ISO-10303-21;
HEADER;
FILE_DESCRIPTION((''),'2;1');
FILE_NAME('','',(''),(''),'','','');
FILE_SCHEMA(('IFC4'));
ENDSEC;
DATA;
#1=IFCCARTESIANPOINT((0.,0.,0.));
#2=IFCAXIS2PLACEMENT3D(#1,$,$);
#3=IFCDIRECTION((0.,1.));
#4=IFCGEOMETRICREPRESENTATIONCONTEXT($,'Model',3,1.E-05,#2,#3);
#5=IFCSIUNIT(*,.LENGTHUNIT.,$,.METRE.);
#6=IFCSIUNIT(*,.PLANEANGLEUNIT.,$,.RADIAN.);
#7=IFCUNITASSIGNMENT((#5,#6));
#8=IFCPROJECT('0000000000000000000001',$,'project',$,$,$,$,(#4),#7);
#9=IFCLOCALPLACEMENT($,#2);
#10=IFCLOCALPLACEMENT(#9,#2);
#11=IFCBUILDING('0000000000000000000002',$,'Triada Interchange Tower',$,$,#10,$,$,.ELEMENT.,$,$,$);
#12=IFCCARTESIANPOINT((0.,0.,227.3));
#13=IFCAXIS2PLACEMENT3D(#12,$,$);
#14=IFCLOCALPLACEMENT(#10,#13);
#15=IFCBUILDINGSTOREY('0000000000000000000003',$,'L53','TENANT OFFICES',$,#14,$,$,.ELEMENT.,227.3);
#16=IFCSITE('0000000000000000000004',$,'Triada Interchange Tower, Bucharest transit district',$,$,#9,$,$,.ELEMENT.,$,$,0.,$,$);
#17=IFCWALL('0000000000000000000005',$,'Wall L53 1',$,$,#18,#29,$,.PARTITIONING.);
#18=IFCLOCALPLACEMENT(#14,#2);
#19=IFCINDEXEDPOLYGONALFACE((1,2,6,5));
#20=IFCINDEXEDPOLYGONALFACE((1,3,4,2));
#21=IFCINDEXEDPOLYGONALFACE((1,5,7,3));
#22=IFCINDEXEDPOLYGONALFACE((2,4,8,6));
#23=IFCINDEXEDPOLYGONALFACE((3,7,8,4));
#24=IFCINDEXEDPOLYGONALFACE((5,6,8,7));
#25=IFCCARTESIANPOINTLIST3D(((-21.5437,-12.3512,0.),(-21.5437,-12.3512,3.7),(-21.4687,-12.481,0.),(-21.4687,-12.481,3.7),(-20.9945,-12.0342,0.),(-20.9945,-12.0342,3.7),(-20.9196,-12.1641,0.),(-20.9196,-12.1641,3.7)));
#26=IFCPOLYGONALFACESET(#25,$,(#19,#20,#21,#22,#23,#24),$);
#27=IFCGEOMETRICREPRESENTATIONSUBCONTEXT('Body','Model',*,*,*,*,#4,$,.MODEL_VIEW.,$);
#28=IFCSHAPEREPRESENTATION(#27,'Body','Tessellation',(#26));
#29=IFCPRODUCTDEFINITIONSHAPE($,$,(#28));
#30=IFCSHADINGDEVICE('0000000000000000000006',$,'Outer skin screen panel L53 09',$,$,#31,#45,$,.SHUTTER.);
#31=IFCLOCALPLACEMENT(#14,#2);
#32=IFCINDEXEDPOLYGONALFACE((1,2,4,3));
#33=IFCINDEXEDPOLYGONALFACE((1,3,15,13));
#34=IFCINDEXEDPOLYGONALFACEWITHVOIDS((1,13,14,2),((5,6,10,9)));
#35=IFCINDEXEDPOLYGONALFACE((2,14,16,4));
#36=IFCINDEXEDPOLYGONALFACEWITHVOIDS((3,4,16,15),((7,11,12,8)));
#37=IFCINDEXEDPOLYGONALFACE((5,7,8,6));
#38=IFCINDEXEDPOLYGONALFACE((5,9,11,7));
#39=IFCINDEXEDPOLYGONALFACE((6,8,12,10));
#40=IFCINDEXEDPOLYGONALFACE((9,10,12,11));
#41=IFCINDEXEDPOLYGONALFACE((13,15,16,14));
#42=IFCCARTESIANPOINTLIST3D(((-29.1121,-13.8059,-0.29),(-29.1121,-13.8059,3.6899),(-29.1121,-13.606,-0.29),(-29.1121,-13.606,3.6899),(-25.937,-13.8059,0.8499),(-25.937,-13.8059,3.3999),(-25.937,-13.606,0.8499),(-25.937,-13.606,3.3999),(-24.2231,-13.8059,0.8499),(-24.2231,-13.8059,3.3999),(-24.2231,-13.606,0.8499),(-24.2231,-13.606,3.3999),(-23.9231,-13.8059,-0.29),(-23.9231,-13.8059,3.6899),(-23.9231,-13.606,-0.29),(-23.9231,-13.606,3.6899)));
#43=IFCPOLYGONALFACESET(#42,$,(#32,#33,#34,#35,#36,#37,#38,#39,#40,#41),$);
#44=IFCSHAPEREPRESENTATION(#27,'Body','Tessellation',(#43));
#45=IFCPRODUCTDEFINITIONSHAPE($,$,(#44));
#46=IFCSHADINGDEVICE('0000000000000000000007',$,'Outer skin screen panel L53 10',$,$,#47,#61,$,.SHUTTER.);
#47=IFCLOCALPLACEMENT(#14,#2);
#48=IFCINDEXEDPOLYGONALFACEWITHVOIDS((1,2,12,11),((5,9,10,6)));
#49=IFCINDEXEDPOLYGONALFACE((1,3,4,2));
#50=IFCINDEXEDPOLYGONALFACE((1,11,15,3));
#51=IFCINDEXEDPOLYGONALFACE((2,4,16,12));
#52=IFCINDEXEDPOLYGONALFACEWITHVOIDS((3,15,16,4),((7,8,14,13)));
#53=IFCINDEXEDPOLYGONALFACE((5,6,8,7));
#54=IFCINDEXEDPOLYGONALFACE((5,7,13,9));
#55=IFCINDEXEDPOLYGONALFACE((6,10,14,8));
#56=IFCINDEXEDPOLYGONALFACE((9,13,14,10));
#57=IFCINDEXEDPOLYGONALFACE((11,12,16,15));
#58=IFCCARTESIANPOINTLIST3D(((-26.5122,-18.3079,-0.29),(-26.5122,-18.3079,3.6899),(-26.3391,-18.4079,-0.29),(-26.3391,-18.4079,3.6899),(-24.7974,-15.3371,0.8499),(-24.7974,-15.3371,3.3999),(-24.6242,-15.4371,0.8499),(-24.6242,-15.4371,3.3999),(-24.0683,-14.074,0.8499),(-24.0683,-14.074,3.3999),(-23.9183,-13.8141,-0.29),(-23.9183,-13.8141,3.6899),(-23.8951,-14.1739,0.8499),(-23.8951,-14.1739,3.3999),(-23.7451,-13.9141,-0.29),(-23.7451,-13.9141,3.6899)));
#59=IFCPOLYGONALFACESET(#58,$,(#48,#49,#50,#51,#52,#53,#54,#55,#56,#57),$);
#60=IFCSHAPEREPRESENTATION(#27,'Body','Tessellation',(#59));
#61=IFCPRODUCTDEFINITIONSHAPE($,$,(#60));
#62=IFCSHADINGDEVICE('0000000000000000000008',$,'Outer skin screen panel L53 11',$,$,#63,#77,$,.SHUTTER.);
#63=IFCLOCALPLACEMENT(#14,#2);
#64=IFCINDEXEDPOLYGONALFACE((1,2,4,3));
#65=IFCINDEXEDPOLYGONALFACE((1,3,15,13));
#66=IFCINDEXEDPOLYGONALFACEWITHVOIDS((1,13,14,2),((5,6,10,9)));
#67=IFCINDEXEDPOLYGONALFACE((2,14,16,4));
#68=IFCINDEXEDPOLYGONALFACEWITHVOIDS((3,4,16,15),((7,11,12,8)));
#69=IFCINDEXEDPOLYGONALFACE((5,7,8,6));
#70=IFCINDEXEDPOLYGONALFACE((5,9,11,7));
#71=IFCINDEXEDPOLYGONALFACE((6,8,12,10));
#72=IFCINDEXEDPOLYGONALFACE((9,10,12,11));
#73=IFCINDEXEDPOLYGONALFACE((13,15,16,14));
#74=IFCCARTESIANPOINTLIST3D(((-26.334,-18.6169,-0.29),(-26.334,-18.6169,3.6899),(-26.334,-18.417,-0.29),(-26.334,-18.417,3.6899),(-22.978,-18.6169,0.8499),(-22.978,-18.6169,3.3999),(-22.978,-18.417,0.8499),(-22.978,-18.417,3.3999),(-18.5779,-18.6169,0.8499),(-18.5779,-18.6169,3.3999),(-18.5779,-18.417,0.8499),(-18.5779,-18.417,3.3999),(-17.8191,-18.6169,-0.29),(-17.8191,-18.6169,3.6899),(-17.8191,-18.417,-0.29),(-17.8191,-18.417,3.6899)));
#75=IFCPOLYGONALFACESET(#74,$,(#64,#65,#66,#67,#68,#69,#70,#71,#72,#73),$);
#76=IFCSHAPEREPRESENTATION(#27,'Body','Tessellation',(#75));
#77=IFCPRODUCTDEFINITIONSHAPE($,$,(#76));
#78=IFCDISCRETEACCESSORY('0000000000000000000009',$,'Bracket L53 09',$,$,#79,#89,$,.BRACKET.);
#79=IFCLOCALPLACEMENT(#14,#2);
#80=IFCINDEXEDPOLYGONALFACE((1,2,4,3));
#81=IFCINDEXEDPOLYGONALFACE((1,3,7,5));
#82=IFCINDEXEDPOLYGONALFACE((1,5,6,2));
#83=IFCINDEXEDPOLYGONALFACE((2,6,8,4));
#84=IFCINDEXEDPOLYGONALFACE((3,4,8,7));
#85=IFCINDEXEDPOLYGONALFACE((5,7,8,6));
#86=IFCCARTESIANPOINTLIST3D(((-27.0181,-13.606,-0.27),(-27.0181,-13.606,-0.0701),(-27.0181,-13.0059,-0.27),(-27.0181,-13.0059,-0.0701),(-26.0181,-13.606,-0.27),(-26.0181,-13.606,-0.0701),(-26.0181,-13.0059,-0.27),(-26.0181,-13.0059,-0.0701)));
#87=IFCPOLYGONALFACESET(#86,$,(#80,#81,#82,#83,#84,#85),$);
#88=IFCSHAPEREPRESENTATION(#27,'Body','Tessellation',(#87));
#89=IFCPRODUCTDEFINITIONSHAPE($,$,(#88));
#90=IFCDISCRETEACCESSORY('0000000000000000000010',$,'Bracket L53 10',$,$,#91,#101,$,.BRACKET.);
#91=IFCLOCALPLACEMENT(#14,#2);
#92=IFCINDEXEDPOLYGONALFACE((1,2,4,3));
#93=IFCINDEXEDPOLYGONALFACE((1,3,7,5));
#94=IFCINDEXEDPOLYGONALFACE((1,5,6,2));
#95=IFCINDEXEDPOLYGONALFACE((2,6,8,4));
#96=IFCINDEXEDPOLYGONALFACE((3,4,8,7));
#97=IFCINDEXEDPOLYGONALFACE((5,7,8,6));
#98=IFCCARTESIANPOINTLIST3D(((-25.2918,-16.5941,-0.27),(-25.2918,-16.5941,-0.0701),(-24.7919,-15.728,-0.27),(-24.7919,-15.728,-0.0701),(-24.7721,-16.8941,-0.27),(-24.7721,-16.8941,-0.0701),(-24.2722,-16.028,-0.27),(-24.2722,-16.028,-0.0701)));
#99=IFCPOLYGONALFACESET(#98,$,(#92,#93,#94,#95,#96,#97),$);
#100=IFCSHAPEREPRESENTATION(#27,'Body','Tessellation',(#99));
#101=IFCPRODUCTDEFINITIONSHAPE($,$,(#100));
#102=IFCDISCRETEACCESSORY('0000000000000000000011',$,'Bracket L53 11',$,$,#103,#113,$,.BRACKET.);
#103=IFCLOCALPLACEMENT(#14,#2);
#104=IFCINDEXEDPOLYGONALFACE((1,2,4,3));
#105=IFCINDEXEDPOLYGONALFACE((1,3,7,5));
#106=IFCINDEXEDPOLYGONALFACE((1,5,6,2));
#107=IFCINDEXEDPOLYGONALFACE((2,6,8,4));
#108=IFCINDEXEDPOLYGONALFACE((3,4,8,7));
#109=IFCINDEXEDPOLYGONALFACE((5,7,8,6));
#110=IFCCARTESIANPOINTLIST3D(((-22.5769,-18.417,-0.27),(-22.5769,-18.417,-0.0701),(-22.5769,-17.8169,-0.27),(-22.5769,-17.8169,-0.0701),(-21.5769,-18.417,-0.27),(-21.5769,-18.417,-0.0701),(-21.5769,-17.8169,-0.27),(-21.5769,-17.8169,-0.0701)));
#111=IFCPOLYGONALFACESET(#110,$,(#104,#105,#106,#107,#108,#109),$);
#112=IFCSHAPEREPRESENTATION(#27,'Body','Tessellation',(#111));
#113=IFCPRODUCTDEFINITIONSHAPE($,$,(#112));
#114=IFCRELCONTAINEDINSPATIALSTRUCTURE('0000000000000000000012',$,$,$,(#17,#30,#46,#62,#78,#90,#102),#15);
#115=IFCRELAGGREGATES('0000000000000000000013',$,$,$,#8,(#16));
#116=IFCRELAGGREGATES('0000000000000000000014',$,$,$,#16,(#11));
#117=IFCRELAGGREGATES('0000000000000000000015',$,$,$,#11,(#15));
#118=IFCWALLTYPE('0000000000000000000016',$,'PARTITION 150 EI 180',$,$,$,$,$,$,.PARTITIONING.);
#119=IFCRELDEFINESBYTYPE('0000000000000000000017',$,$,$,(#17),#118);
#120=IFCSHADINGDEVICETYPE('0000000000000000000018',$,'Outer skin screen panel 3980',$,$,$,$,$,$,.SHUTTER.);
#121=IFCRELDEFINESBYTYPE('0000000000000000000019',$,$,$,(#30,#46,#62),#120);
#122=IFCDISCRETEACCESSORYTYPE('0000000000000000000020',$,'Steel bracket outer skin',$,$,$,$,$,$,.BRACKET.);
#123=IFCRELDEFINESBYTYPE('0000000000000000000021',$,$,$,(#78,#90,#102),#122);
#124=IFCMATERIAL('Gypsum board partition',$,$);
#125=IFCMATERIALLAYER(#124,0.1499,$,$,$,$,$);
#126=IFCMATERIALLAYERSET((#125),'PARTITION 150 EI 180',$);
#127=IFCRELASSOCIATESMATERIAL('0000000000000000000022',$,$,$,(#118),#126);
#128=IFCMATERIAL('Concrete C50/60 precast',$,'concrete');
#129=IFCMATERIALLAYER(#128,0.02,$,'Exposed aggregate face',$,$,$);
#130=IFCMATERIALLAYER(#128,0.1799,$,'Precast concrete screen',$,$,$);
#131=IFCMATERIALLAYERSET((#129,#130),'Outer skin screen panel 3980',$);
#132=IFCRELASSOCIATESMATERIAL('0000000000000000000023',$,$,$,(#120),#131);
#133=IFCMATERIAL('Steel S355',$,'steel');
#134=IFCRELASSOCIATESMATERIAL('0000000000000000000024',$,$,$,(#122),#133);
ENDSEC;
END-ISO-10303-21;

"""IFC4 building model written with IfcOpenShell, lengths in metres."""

from ifc_helpers import new_model, si_unit, direction, frame, frame_2d, origin, origin_2d, place, context, subcontext, project, spatial, polyline, rectangle, outline, extrude, material, layer, layer_set, type_object, element, save


model = new_model("IFC4")

# Units and contexts
model_context = context("Model", 3, precision=1e-05, world=origin(), true_north=direction((0.0, 1.0)))
body_context = subcontext(model_context, "Body", "Model", "MODEL_VIEW")
ifc_project = project(units=[si_unit("LENGTHUNIT", "METRE"), si_unit("PLANEANGLEUNIT", "RADIAN")], contexts=[model_context])

# Site, building, storey
site_placement = place(None, origin())
site = spatial("IfcSite", under=ifc_project, at=site_placement, Name="Triada Interchange Tower, Bucharest transit district", CompositionType="ELEMENT", RefElevation=0.0)
building_placement = place(site_placement, origin())
building = spatial("IfcBuilding", under=site, at=building_placement, Name="Triada Interchange Tower", CompositionType="ELEMENT")
storey_placement = place(building_placement, frame((0.0, 0.0, 227.3)))
storey = spatial("IfcBuildingStorey", under=building, at=storey_placement, Name="L53", Description="TENANT OFFICES", CompositionType="ELEMENT", Elevation=227.3)

# Wall
ifc_material_1 = material(Name="Gypsum board partition")
ifc_layer_1 = layer(ifc_material_1, 0.1499)
ifc_layer_set_1 = layer_set([ifc_layer_1], Name="PARTITION 150 EI 180")
wall_type_1 = type_object("IfcWallType", Name="PARTITION 150 EI 180", PredefinedType="PARTITIONING", material=ifc_layer_set_1)
wall_1_placement = place(storey_placement, frame((-21.5061, -12.416, 0.0), z_axis=(0.0, 0.0, 1.0), x_axis=(0.866102, 0.499867, 0.0)))
element("IfcWall", 1, at=wall_1_placement, inside=storey, type_object=wall_type_1, Name="Wall L53 1", PredefinedType="PARTITIONING", context=body_context, shape_type="SweptSolid", body=[
    extrude(rectangle(XDim=0.634, YDim=0.1499, at=frame_2d((0.3169, 0.0))), origin(), (0.0, 0.0, 1.0), 3.7),
])

# Shading devices
ifc_material_2 = material(Name="Concrete C50/60 precast", Category="concrete")
ifc_layer_2 = layer(ifc_material_2, 0.02, Name="Exposed aggregate face")
ifc_layer_3 = layer(ifc_material_2, 0.1799, Name="Precast concrete screen")
ifc_layer_set_2 = layer_set([ifc_layer_2, ifc_layer_3], Name="Outer skin screen panel 3980")
shading_device_type = type_object("IfcShadingDeviceType", Name="Outer skin screen panel 3980", PredefinedType="SHUTTER", material=ifc_layer_set_2)
shading_device_1_placement = place(storey_placement, frame((-29.1121, -13.606, -0.29), z_axis=(0.0, 0.0, 1.0), x_axis=(1.0, 0.0, 0.0)))
element("IfcShadingDevice", 2, at=shading_device_1_placement, inside=storey, type_object=shading_device_type, Name="Outer skin screen panel L53 09", PredefinedType="SHUTTER", context=body_context, shape_type="SweptSolid", body=[
    extrude(outline(polyline([(0.0, 0.0), (5.189, 0.0), (5.189, 3.98), (0.0, 3.98), (0.0, 0.0)]), holes=[polyline([(3.175, 1.1399), (3.175, 3.6899), (4.8889, 3.6899), (4.8889, 1.1399), (3.175, 1.1399)])]), frame((0.0, 0.0, 0.0), z_axis=(0.0, -1.0, 0.0), x_axis=(1.0, 0.0, 0.0)), (0.0, 0.0, 1.0), 0.2),
])
shading_device_2_placement = place(storey_placement, frame((-23.7451, -13.9141, -0.29), z_axis=(0.0, 0.0, 1.0), x_axis=(-0.499919, -0.866072, 0.0)))
element("IfcShadingDevice", 3, at=shading_device_2_placement, inside=storey, type_object=shading_device_type, Name="Outer skin screen panel L53 10", PredefinedType="SHUTTER", context=body_context, shape_type="SweptSolid", body=[
    extrude(outline(polyline([(0.0, 0.0), (5.1887, 0.0), (5.1887, 3.98), (0.0, 3.98), (0.0, 0.0)]), holes=[polyline([(0.3, 1.1399), (0.3, 3.6899), (1.7585, 3.6899), (1.7585, 1.1399), (0.3, 1.1399)])]), frame((0.0, 0.0, 0.0), z_axis=(0.0, -1.0, 0.0), x_axis=(1.0, 0.0, 0.0)), (0.0, 0.0, 1.0), 0.2),
])
shading_device_3_placement = place(storey_placement, frame((-26.334, -18.417, -0.29), z_axis=(0.0, 0.0, 1.0), x_axis=(1.0, 0.0, 0.0)))
element("IfcShadingDevice", 4, at=shading_device_3_placement, inside=storey, type_object=shading_device_type, Name="Outer skin screen panel L53 11", PredefinedType="SHUTTER", context=body_context, shape_type="SweptSolid", body=[
    extrude(outline(polyline([(0.0, 0.0), (8.5149, 0.0), (8.5149, 3.98), (0.0, 3.98), (0.0, 0.0)]), holes=[polyline([(3.356, 1.1399), (3.356, 3.6899), (7.7561, 3.6899), (7.7561, 1.1399), (3.356, 1.1399)])]), frame((0.0, 0.0, 0.0), z_axis=(0.0, -1.0, 0.0), x_axis=(1.0, 0.0, 0.0)), (0.0, 0.0, 1.0), 0.2),
])

# Discrete accessories
ifc_material_3 = material(Name="Steel S355", Category="steel")
discrete_accessory_type = type_object("IfcDiscreteAccessoryType", Name="Steel bracket outer skin", PredefinedType="BRACKET", material=ifc_material_3)
for number, where, z_axis, x_axis, name in (
    (5, (-26.5181, -13.3059, -0.27), (0.0, 0.0, 1.0), (0.0, -1.0, 0.0), "Bracket L53 09"),
    (6, (-24.782, -16.311, -0.27), (0.0, 0.0, 1.0), (-0.866075, 0.499915, 0.0), "Bracket L53 10"),
    (7, (-22.0769, -18.1169, -0.27), (0.0, 0.0, 1.0), (0.0, -1.0, 0.0), "Bracket L53 11"),
):
    element("IfcDiscreteAccessory", number, at=place(storey_placement, frame(where, z_axis=z_axis, x_axis=x_axis)), inside=storey, type_object=discrete_accessory_type, Name=name, PredefinedType="BRACKET", context=body_context, shape_type="SweptSolid", body=[
        extrude(rectangle(XDim=0.6001, YDim=1.0, at=origin_2d()), origin(), (0.0, 0.0, 1.0), 0.2),
    ])

save(model, "model.ifc")
